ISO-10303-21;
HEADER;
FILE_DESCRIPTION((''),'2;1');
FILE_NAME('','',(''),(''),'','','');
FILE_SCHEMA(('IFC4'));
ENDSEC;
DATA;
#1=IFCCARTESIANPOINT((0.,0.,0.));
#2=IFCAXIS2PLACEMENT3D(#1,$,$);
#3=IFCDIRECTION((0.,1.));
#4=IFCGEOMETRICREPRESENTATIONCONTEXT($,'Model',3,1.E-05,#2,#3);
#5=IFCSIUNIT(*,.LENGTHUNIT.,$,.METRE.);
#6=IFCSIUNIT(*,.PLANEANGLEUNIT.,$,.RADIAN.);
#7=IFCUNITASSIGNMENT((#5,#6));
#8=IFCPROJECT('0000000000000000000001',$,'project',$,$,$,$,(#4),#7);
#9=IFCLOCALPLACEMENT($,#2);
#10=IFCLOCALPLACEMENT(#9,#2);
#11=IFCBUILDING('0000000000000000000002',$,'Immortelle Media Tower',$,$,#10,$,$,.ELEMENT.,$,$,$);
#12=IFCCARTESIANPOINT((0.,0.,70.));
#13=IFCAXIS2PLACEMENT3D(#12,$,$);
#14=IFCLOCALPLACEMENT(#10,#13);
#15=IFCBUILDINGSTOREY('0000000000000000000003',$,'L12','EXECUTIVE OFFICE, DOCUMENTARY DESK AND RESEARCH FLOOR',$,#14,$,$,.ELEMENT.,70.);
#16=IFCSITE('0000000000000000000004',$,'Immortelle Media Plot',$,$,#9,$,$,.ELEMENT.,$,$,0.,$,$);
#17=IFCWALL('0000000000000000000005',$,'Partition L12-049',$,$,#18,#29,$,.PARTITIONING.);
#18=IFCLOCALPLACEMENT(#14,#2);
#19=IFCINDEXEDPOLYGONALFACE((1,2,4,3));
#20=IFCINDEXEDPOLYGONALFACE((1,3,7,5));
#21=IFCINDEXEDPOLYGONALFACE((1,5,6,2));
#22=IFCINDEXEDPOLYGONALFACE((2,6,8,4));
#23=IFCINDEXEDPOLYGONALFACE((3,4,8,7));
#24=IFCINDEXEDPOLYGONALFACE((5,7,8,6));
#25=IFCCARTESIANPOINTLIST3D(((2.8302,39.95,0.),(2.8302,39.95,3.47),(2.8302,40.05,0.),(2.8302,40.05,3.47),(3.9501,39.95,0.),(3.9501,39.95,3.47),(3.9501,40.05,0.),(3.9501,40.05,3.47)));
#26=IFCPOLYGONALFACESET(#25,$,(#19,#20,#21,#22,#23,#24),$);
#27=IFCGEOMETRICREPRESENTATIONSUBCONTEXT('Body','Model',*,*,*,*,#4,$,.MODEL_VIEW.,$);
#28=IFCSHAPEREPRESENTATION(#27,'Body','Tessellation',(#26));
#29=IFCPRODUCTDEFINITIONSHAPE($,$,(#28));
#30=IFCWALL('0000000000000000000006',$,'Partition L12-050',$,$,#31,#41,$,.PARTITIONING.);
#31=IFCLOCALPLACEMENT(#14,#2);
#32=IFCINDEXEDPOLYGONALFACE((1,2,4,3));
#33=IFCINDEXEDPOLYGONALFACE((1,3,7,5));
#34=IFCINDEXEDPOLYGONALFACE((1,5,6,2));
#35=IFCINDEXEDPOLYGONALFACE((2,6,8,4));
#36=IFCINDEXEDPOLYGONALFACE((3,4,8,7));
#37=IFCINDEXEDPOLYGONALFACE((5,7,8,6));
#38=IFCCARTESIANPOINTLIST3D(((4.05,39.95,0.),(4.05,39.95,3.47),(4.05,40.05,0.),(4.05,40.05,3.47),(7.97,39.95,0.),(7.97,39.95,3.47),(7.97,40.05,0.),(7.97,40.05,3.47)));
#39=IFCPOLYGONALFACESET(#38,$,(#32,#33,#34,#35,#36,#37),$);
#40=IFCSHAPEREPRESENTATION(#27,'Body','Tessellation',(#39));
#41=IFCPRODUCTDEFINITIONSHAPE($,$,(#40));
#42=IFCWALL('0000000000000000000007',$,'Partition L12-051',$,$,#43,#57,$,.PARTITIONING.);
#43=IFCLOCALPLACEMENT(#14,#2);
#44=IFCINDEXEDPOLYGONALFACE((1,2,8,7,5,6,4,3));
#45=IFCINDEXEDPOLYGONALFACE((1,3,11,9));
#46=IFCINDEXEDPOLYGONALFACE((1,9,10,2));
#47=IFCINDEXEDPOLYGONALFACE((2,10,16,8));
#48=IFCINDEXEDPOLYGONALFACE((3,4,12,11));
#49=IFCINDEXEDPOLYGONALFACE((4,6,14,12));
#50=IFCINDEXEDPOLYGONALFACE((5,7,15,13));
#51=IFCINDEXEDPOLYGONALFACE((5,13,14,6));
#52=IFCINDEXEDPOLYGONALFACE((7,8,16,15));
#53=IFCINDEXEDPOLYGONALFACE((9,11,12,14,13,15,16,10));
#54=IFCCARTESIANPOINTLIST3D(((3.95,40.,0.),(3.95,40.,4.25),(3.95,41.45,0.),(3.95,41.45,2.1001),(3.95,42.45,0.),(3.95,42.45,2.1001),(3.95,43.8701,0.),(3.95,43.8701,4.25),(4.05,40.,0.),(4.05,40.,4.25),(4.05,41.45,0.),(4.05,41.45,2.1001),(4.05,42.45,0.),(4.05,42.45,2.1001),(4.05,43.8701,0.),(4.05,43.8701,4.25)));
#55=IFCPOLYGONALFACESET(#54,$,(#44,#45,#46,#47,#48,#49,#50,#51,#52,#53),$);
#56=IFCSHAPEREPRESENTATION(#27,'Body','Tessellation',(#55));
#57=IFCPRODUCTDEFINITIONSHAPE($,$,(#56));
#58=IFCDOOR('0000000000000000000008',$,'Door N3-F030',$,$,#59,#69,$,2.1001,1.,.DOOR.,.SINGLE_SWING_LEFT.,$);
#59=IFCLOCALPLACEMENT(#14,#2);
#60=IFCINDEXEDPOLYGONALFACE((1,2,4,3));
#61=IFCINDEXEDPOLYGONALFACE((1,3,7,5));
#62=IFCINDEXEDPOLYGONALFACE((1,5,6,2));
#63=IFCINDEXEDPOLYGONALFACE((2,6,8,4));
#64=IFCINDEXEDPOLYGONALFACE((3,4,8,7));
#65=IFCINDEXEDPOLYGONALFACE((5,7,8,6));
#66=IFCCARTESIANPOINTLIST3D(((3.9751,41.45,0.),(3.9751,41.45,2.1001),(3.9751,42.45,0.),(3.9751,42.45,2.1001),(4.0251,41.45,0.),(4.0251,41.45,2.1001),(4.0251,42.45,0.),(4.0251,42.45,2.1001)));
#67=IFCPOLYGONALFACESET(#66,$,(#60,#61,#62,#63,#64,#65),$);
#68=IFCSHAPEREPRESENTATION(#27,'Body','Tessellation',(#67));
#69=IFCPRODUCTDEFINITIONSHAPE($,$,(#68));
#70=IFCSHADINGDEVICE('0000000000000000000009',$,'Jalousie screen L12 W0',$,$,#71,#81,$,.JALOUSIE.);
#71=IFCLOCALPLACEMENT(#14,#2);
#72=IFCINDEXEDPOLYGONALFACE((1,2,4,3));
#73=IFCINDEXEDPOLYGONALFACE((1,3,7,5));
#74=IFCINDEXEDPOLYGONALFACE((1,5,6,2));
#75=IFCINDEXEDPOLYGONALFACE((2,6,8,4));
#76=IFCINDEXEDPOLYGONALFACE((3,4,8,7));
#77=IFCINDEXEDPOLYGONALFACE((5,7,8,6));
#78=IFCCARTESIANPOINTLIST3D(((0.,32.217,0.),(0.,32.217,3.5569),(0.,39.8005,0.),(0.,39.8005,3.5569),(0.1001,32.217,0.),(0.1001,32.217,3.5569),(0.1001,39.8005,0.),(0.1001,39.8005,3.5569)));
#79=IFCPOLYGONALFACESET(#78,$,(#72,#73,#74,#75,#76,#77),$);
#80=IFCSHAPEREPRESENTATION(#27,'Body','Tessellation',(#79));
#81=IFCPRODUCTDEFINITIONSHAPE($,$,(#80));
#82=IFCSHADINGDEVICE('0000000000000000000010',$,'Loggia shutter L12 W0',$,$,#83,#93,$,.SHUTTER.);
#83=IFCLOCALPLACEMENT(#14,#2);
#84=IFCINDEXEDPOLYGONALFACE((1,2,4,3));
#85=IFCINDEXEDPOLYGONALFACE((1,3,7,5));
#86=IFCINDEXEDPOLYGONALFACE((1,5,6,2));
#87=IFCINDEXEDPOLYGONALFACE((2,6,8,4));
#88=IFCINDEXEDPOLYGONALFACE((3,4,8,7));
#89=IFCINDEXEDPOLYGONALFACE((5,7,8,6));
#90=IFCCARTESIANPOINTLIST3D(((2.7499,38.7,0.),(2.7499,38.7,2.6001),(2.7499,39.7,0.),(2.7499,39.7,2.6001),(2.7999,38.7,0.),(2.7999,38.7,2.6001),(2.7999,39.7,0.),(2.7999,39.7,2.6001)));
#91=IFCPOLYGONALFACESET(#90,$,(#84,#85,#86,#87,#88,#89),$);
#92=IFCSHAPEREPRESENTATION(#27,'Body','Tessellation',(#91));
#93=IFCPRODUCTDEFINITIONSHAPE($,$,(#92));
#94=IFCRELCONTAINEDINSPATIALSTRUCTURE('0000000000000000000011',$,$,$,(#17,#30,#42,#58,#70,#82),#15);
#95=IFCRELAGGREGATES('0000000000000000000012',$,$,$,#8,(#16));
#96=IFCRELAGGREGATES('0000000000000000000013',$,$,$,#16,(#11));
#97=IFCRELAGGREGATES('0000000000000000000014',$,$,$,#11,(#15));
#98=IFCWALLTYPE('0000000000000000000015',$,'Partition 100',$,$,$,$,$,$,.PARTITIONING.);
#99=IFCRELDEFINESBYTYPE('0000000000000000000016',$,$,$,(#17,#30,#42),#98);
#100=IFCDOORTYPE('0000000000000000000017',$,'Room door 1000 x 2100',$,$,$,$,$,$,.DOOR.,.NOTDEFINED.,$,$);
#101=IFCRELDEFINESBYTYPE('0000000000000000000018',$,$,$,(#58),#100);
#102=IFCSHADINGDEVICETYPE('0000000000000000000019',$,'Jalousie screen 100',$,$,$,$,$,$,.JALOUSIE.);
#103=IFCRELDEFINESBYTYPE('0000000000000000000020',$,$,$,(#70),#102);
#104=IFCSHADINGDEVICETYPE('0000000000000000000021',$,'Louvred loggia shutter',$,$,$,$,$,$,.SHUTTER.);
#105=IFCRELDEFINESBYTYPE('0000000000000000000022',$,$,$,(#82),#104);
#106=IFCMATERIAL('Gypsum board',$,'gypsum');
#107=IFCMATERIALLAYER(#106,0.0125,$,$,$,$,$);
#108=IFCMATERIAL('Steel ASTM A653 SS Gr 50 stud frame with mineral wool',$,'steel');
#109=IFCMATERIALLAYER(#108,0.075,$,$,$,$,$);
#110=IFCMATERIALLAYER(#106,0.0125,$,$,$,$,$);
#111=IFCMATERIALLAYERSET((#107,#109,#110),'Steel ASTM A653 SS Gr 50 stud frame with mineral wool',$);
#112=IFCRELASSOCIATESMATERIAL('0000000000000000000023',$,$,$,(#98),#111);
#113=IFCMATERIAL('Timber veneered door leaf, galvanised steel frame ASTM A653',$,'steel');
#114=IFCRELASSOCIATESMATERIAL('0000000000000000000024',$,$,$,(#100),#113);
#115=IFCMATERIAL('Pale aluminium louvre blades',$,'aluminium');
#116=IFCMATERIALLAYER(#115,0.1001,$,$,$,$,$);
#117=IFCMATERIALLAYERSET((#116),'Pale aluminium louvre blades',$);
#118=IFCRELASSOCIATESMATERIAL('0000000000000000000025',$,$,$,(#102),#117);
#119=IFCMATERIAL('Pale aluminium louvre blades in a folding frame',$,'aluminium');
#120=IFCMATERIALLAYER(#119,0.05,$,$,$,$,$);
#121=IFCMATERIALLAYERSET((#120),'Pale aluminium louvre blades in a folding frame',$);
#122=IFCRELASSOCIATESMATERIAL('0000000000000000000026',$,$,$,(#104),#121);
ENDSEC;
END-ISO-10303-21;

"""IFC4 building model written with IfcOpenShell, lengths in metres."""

from ifc_helpers import new_model, si_unit, direction, frame, frame_2d, origin, origin_2d, place, context, subcontext, project, spatial, rectangle, extrude, material, layer, layer_set, type_object, element, fill, save


model = new_model("IFC4")

# Units and contexts
model_context = context("Model", 3, precision=1e-05, world=origin(), true_north=direction((0.0, 1.0)))
body_context = subcontext(model_context, "Body", "Model", "MODEL_VIEW")
ifc_project = project(units=[si_unit("LENGTHUNIT", "METRE"), si_unit("PLANEANGLEUNIT", "RADIAN")], contexts=[model_context])

# Site, building, storey
site_placement = place(None, origin())
site = spatial("IfcSite", under=ifc_project, at=site_placement, Name="Immortelle Media Plot", CompositionType="ELEMENT", RefElevation=0.0)
building_placement = place(site_placement, origin())
building = spatial("IfcBuilding", under=site, at=building_placement, Name="Immortelle Media Tower", CompositionType="ELEMENT")
storey_placement = place(building_placement, frame((0.0, 0.0, 70.0)))
storey = spatial("IfcBuildingStorey", under=building, at=storey_placement, Name="L12", Description="EXECUTIVE OFFICE, DOCUMENTARY DESK AND RESEARCH FLOOR", CompositionType="ELEMENT", Elevation=70.0)

# Shared definitions
ifc_material_1 = material(Name="Steel ASTM A653 SS Gr 50 stud frame with mineral wool", Category="steel")

# Walls
ifc_material_2 = material(Name="Gypsum board", Category="gypsum")
ifc_layer_1 = layer(ifc_material_2, 0.0125)
ifc_layer_2 = layer(ifc_material_1, 0.075)
ifc_layer_3 = layer(ifc_material_2, 0.0125)
ifc_layer_set_1 = layer_set([ifc_layer_1, ifc_layer_2, ifc_layer_3], Name="Steel ASTM A653 SS Gr 50 stud frame with mineral wool")
wall_type_1 = type_object("IfcWallType", Name="Partition 100", PredefinedType="PARTITIONING", material=ifc_layer_set_1)
wall_1_placement = place(storey_placement, frame((2.8301, 40.0, 0.0), z_axis=(0.0, 0.0, 1.0), x_axis=(1.0, 0.0, 0.0)))
element("IfcWall", 1, at=wall_1_placement, inside=storey, type_object=wall_type_1, Name="Partition L12-049", PredefinedType="PARTITIONING", context=body_context, shape_type="SweptSolid", body=[
    extrude(rectangle(XDim=1.1199, YDim=0.1001, at=frame_2d((0.5601, 0.0))), origin(), (0.0, 0.0, 1.0), 3.47),
])
wall_2_placement = place(storey_placement, frame((4.05, 40.0, 0.0), z_axis=(0.0, 0.0, 1.0), x_axis=(1.0, 0.0, 0.0)))
element("IfcWall", 2, at=wall_2_placement, inside=storey, type_object=wall_type_1, Name="Partition L12-050", PredefinedType="PARTITIONING", context=body_context, shape_type="SweptSolid", body=[
    extrude(rectangle(XDim=3.9199, YDim=0.1001, at=frame_2d((1.96, 0.0))), origin(), (0.0, 0.0, 1.0), 3.47),
])

# Wall, opening, door
wall_3_placement = place(storey_placement, frame((4.0, 40.0, 0.0), z_axis=(0.0, 0.0, 1.0), x_axis=(0.0, 1.0, 0.0)))
wall_3 = element("IfcWall", 3, at=wall_3_placement, inside=storey, type_object=wall_type_1, Name="Partition L12-051", PredefinedType="PARTITIONING", context=body_context, shape_type="SweptSolid", body=[
    extrude(rectangle(XDim=3.8701, YDim=0.1001, at=frame_2d((1.9351, 0.0))), origin(), (0.0, 0.0, 1.0), 4.25),
])
opening_1_placement = place(wall_3_placement, frame((1.45, 0.0, 0.0)))
opening_1 = element("IfcOpeningElement", 4, at=opening_1_placement, cuts=wall_3, PredefinedType="OPENING", context=body_context, shape_type="SweptSolid", body=[
    extrude(rectangle(XDim=1.0, YDim=2.1001, at=frame_2d((0.5, 1.05))), frame((0.0, 0.0601, 0.0), z_axis=(0.0, -1.0, 0.0), x_axis=(1.0, 0.0, 0.0)), (0.0, 0.0, 1.0), 0.1201),
])
ifc_material_3 = material(Name="Timber veneered door leaf, galvanised steel frame ASTM A653", Category="steel")
door_type_1 = type_object("IfcDoorType", Name="Room door 1000 x 2100", OperationType="NOTDEFINED", PredefinedType="DOOR", material=ifc_material_3)
door_1_placement = place(opening_1_placement, origin())
door_1 = element("IfcDoor", 5, at=door_1_placement, inside=storey, type_object=door_type_1, Name="Door N3-F030", OperationType="SINGLE_SWING_LEFT", OverallHeight=2.1001, OverallWidth=1.0, PredefinedType="DOOR", context=body_context, shape_type="SweptSolid", body=[
    extrude(rectangle(XDim=1.0, YDim=2.1001, at=frame_2d((0.5, 1.05))), frame((0.0, 0.0249, 0.0), z_axis=(0.0, -1.0, 0.0), x_axis=(1.0, 0.0, 0.0)), (0.0, 0.0, 1.0), 0.05),
])
fill(opening_1, door_1)

# Shading devices
ifc_material_4 = material(Name="Pale aluminium louvre blades", Category="aluminium")
ifc_layer_4 = layer(ifc_material_4, 0.1001)
ifc_layer_set_2 = layer_set([ifc_layer_4], Name="Pale aluminium louvre blades")
shading_device_type_1 = type_object("IfcShadingDeviceType", Name="Jalousie screen 100", PredefinedType="JALOUSIE", material=ifc_layer_set_2)
shading_device_1_placement = place(storey_placement, frame((0.05, 36.0088, 0.0), z_axis=(0.0, 0.0, 1.0), x_axis=(0.0, -1.0, 0.0)))
element("IfcShadingDevice", 6, at=shading_device_1_placement, inside=storey, type_object=shading_device_type_1, Name="Jalousie screen L12 W0", PredefinedType="JALOUSIE", context=body_context, shape_type="SweptSolid", body=[
    extrude(rectangle(XDim=7.5835, YDim=0.1001, at=origin_2d()), origin(), (0.0, 0.0, 1.0), 3.5569),
])
ifc_material_5 = material(Name="Pale aluminium louvre blades in a folding frame", Category="aluminium")
ifc_layer_5 = layer(ifc_material_5, 0.05)
ifc_layer_set_3 = layer_set([ifc_layer_5], Name="Pale aluminium louvre blades in a folding frame")
shading_device_type_2 = type_object("IfcShadingDeviceType", Name="Louvred loggia shutter", PredefinedType="SHUTTER", material=ifc_layer_set_3)
shading_device_2_placement = place(storey_placement, frame((2.7749, 39.2, 0.0), z_axis=(0.0, 0.0, 1.0), x_axis=(0.0, -1.0, 0.0)))
element("IfcShadingDevice", 7, at=shading_device_2_placement, inside=storey, type_object=shading_device_type_2, Name="Loggia shutter L12 W0", PredefinedType="SHUTTER", context=body_context, shape_type="SweptSolid", body=[
    extrude(rectangle(XDim=1.0, YDim=0.05, at=origin_2d()), origin(), (0.0, 0.0, 1.0), 2.6001),
])

save(model, "model.ifc")
